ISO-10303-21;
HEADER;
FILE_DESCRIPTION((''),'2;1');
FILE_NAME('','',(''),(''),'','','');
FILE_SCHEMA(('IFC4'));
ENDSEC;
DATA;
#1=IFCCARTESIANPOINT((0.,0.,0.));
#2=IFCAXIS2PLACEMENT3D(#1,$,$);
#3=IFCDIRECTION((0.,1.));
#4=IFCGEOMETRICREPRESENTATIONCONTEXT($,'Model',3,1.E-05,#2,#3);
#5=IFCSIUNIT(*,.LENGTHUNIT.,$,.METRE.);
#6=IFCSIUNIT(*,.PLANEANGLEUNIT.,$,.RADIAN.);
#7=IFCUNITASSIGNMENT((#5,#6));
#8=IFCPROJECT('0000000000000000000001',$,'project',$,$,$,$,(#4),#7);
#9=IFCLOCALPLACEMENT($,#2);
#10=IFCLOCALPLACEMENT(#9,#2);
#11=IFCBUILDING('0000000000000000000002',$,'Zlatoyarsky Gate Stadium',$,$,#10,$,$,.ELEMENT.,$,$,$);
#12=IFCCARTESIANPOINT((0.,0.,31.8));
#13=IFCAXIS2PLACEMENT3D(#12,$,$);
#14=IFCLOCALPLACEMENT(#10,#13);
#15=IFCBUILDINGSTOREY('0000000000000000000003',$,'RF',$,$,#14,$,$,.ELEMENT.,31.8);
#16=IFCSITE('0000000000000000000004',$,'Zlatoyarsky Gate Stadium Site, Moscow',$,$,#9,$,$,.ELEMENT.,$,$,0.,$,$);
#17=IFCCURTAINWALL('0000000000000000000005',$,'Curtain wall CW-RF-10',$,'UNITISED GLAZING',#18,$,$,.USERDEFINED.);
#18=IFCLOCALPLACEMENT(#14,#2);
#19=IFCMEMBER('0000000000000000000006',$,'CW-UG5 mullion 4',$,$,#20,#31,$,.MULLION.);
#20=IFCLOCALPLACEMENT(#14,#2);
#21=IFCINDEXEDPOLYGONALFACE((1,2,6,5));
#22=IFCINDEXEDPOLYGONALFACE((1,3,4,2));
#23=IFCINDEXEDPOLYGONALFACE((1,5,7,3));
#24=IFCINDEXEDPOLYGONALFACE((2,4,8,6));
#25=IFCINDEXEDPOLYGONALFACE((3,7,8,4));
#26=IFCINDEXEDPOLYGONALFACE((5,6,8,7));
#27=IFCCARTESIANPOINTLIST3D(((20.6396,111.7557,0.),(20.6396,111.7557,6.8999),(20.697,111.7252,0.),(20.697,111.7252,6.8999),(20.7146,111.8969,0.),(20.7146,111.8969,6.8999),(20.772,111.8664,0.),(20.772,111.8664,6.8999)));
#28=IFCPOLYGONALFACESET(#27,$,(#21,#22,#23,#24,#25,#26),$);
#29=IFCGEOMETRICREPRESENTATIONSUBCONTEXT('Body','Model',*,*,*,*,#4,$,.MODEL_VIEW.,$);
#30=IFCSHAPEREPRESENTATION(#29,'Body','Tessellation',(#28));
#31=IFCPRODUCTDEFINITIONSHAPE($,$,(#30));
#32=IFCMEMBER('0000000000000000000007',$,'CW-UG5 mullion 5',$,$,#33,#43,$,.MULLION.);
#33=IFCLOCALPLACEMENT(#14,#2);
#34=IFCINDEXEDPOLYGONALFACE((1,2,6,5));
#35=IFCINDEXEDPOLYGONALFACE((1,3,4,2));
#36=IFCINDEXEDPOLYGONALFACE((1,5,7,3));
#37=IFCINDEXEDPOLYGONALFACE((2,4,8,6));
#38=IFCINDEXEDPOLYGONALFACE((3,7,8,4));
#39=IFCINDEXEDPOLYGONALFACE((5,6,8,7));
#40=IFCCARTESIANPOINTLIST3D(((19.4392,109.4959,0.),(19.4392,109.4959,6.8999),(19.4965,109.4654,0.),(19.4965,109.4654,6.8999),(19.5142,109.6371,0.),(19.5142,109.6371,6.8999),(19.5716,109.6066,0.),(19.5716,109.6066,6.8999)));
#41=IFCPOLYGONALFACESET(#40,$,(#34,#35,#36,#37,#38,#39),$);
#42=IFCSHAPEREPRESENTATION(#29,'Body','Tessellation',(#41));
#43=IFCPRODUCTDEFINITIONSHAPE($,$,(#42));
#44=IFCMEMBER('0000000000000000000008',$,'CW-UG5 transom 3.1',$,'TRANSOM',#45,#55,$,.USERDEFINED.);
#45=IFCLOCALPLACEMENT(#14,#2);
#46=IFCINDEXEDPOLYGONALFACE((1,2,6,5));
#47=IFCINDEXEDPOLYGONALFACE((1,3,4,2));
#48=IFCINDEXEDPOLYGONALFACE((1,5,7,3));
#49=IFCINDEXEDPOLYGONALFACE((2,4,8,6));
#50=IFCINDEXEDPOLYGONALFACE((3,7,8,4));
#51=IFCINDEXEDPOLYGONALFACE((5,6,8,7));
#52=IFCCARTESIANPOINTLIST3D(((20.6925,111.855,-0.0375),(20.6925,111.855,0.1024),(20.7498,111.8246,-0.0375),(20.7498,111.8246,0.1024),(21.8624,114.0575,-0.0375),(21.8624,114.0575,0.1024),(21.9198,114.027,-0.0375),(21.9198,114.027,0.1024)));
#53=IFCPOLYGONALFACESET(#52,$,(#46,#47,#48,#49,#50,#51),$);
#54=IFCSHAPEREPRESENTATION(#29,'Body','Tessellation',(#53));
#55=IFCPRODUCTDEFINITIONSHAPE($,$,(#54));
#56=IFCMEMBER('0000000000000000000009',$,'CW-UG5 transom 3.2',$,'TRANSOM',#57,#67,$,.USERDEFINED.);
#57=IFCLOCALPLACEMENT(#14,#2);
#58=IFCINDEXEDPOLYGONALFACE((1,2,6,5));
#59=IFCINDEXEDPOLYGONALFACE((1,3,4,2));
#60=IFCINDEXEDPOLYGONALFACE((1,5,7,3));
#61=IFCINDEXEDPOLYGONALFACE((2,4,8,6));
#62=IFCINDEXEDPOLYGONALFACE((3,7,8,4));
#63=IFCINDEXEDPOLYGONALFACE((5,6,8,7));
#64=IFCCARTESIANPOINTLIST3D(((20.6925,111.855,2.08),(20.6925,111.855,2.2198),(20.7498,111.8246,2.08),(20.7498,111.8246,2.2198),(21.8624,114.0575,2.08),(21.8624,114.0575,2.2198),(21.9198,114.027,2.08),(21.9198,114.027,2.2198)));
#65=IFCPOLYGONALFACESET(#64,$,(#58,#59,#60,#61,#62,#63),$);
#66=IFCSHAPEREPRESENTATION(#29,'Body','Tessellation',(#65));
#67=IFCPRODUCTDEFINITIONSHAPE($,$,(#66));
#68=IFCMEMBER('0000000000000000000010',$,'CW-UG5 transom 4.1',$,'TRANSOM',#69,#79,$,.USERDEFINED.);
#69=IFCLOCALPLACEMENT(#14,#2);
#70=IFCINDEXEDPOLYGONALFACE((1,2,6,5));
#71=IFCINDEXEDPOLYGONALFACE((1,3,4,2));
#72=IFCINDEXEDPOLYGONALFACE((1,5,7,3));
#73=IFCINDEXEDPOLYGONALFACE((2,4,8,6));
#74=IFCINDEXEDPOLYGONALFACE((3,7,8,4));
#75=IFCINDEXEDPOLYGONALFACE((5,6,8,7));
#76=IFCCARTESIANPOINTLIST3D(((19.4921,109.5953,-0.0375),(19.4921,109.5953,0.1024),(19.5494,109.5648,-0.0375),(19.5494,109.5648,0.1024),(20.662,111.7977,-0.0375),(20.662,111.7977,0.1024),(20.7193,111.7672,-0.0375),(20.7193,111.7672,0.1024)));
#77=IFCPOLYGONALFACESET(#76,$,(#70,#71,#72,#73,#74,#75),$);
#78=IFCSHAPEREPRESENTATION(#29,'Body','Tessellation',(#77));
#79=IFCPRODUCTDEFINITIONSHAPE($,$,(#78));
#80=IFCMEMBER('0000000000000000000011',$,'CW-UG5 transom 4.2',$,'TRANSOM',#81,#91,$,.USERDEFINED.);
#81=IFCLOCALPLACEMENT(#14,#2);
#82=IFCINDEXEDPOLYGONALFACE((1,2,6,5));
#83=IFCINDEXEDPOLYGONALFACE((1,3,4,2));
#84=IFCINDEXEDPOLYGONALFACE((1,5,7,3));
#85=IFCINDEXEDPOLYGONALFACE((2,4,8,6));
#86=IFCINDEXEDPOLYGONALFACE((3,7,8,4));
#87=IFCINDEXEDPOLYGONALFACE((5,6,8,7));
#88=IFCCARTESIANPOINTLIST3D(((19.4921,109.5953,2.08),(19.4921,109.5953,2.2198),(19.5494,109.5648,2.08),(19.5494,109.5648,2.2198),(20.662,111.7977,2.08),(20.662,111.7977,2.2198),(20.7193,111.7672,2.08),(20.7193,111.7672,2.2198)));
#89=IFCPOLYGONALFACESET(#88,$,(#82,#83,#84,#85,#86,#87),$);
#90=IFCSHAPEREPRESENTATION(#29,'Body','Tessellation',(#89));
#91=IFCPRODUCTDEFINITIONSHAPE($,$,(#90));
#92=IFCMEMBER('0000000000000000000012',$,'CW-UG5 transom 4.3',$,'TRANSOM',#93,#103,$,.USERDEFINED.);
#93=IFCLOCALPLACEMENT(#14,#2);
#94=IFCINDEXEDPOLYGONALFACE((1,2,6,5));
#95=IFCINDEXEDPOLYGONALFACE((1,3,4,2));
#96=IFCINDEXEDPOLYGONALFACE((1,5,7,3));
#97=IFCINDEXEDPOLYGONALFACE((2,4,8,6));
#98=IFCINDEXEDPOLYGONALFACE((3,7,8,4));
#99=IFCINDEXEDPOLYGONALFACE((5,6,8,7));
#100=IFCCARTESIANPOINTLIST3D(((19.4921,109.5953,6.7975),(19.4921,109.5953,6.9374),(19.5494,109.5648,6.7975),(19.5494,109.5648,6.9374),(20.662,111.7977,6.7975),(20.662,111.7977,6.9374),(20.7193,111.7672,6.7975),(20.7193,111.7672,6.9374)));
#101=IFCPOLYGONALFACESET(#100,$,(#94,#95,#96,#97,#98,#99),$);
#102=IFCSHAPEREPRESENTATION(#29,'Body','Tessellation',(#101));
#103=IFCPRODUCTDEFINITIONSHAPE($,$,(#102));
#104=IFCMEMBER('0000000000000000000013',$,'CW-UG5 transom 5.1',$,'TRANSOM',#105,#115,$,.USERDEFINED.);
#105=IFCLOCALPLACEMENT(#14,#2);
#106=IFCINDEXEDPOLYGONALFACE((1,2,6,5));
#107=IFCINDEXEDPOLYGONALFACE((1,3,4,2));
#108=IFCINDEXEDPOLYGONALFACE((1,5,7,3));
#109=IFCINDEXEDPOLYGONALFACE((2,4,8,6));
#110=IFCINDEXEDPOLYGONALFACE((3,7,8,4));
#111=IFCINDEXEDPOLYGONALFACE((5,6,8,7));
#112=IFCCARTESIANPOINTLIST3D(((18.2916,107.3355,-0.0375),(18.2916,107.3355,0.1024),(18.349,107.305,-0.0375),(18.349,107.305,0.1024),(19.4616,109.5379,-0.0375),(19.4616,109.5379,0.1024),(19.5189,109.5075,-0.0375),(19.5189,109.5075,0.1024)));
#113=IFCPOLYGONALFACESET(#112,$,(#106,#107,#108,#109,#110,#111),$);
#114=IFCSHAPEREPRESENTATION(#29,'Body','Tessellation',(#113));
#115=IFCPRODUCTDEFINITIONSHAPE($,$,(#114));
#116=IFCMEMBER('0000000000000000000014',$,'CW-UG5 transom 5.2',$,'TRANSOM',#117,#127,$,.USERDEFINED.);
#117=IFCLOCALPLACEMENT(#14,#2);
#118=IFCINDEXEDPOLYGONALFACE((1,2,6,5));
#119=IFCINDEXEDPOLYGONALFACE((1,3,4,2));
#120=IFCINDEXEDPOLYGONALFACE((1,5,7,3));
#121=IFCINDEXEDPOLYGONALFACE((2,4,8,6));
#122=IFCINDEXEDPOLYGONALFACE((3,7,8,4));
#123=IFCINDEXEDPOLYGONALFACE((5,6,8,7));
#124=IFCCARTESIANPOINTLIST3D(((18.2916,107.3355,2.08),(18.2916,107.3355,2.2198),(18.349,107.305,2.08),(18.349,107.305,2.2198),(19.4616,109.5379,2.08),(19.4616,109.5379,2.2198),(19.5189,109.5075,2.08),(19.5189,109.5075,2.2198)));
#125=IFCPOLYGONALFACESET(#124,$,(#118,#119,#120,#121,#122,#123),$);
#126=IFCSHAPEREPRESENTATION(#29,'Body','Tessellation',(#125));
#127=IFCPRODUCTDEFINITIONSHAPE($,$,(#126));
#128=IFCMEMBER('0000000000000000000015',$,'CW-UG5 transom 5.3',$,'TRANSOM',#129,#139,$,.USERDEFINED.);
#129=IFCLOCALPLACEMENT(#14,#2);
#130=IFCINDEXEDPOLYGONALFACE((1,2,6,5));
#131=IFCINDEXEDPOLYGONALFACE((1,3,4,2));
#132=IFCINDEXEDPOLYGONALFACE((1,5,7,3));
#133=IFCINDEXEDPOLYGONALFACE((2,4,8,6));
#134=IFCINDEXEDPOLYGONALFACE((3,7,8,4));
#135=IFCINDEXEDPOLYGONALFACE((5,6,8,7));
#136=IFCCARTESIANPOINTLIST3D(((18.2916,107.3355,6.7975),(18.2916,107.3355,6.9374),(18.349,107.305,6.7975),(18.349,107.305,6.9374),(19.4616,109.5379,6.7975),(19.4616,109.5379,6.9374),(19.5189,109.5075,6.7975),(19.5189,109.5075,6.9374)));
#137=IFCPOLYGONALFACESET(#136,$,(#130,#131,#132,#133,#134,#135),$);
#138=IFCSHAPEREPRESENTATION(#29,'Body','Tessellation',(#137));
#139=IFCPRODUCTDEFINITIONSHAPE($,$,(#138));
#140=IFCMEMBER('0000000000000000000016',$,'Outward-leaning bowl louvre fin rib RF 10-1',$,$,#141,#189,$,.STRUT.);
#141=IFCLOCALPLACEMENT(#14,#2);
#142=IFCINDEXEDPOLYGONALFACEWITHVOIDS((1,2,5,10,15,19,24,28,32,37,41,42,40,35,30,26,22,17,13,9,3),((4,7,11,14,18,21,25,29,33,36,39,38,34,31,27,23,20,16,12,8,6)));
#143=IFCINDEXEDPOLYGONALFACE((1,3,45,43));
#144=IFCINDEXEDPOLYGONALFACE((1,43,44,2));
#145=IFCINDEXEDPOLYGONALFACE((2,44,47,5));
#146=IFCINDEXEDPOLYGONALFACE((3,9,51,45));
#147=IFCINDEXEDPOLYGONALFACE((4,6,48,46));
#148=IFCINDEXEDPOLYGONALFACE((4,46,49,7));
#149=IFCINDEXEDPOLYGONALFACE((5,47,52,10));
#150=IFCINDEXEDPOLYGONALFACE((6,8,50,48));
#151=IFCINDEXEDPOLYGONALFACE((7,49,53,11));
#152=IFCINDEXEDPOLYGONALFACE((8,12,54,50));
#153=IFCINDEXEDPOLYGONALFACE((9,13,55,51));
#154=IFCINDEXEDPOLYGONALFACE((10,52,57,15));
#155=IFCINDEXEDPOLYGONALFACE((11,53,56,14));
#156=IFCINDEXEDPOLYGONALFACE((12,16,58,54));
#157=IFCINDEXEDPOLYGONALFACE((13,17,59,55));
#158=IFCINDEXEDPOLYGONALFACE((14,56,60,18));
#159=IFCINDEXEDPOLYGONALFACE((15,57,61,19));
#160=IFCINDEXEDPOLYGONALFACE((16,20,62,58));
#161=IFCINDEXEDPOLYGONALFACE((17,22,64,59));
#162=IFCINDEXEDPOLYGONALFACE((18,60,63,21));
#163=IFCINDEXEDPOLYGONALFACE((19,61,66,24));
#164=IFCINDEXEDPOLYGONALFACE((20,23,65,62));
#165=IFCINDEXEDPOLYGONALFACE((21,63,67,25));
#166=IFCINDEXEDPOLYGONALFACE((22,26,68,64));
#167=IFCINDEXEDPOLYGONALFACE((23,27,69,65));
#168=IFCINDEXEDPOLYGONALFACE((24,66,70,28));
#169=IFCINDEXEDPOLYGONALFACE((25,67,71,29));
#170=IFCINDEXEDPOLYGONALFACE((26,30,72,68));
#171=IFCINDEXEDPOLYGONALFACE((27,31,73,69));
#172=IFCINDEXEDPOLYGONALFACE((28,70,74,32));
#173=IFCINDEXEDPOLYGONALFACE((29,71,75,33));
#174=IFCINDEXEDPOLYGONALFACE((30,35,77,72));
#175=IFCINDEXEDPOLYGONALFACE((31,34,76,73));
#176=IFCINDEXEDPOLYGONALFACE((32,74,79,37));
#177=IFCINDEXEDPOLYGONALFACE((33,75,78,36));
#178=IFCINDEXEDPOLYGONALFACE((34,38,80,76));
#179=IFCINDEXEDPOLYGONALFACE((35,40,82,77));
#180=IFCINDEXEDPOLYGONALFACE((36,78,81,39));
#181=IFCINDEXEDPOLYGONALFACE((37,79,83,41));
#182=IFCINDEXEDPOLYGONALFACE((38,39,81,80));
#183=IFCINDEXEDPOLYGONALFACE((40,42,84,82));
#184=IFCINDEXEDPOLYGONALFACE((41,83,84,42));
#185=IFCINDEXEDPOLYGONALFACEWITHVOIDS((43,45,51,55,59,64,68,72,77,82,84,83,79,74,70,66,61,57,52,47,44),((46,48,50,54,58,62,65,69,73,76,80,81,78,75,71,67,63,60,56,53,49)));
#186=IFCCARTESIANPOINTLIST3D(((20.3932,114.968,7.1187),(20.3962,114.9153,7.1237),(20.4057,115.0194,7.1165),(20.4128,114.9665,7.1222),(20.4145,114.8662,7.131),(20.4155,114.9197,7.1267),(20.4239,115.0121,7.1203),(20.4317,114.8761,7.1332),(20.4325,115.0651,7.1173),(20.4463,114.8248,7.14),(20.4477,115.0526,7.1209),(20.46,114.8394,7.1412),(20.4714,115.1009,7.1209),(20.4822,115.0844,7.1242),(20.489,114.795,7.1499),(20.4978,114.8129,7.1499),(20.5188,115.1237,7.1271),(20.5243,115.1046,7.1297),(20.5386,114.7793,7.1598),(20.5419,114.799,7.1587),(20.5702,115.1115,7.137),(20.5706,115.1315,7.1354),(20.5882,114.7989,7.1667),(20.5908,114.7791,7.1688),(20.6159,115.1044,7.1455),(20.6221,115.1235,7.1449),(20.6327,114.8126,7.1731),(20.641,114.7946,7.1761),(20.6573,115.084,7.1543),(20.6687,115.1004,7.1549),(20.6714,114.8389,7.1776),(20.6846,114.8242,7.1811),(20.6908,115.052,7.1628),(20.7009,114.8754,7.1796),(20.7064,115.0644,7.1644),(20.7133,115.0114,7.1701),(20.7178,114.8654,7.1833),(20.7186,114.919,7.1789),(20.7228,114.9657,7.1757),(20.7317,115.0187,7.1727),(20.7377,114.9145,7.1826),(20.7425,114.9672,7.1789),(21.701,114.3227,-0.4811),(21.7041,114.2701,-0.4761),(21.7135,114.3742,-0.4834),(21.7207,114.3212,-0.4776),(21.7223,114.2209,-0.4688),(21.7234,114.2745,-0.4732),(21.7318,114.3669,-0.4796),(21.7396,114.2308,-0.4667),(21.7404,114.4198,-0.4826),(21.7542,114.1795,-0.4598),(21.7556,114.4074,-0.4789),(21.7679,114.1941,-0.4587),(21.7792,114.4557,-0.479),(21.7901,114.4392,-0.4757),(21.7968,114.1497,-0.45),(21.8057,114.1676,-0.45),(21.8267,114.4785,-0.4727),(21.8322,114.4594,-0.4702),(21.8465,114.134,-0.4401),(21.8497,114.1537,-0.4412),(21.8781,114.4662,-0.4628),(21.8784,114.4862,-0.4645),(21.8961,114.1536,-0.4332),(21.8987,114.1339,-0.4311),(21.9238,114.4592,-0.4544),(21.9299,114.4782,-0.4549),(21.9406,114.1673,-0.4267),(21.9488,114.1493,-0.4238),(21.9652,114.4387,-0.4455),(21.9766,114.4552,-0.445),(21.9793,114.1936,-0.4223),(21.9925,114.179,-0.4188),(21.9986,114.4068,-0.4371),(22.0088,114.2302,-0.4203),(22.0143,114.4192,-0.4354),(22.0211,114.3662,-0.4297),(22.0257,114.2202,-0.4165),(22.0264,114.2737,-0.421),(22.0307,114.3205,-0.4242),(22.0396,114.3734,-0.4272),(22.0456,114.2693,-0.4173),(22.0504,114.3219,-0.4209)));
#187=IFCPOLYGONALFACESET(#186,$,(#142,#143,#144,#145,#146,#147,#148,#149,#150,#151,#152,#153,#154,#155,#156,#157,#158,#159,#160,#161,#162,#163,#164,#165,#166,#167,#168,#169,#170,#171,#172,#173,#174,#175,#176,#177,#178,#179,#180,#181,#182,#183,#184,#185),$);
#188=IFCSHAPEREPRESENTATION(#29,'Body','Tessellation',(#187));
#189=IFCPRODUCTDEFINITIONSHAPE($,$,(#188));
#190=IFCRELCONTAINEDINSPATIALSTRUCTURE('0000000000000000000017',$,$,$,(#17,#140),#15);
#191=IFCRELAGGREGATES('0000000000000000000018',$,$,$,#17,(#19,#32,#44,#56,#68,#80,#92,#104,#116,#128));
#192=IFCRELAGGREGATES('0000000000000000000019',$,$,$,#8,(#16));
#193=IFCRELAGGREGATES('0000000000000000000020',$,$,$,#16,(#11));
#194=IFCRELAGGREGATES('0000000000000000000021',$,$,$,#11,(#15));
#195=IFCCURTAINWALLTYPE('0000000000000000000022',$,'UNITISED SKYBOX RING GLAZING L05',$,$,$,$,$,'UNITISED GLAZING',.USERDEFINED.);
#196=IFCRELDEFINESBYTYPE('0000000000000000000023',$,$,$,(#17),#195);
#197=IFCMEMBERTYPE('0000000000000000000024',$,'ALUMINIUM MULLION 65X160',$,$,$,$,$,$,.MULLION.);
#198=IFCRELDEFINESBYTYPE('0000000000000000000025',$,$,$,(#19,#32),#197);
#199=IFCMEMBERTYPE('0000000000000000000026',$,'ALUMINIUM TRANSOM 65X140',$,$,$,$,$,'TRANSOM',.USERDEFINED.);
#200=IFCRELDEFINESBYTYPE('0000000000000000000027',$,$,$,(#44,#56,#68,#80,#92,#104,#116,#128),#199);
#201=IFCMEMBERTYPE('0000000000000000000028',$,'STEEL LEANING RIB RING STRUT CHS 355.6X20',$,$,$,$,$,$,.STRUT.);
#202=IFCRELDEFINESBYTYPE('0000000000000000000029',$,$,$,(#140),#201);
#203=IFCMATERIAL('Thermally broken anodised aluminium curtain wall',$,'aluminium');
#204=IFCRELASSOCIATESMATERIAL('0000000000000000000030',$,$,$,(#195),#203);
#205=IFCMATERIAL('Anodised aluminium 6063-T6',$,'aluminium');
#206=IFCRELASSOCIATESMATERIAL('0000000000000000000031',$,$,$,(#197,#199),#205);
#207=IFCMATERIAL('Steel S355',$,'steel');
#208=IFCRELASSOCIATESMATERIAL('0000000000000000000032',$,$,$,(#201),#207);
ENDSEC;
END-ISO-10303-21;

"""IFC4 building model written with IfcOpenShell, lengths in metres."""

from ifc_helpers import new_model, si_unit, direction, frame, origin, origin_2d, place, context, subcontext, project, spatial, rectangle, hollow_circle, extrude, material, material_profile, profile_set, type_object, element, aggregate, save


model = new_model("IFC4")

# Units and contexts
model_context = context("Model", 3, precision=1e-05, world=origin(), true_north=direction((0.0, 1.0)))
body_context = subcontext(model_context, "Body", "Model", "MODEL_VIEW")
ifc_project = project(units=[si_unit("LENGTHUNIT", "METRE"), si_unit("PLANEANGLEUNIT", "RADIAN")], contexts=[model_context])

# Site, building, storey
site_placement = place(None, origin())
site = spatial("IfcSite", under=ifc_project, at=site_placement, Name="Zlatoyarsky Gate Stadium Site, Moscow", CompositionType="ELEMENT", RefElevation=0.0)
building_placement = place(site_placement, origin())
building = spatial("IfcBuilding", under=site, at=building_placement, Name="Zlatoyarsky Gate Stadium", CompositionType="ELEMENT")
storey_placement = place(building_placement, frame((0.0, 0.0, 31.8)))
storey = spatial("IfcBuildingStorey", under=building, at=storey_placement, Name="RF", CompositionType="ELEMENT", Elevation=31.8)

# Curtain wall, members
ifc_material_1 = material(Name="Thermally broken anodised aluminium curtain wall", Category="aluminium")
curtain_wall_type = type_object("IfcCurtainWallType", Name="UNITISED SKYBOX RING GLAZING L05", ElementType="UNITISED GLAZING", PredefinedType="USERDEFINED", material=ifc_material_1)
curtain_wall_placement = place(storey_placement, origin())
curtain_wall = element("IfcCurtainWall", 1, at=curtain_wall_placement, inside=storey, type_object=curtain_wall_type, Name="Curtain wall CW-RF-10", ObjectType="UNITISED GLAZING", PredefinedType="USERDEFINED")
ifc_material_2 = material(Name="Anodised aluminium 6063-T6", Category="aluminium")
ifc_material_profile_1 = material_profile(ifc_material_2, rectangle(XDim=0.0649, YDim=0.1599, at=origin_2d()), Name="ALU 65X160")
ifc_profile_set_1 = profile_set([ifc_material_profile_1], Name="Anodised aluminium 6063-T6")
member_type_1 = type_object("IfcMemberType", Name="ALUMINIUM MULLION 65X160", PredefinedType="MULLION", material=ifc_profile_set_1)
member_1_placement = place(storey_placement, frame((20.7058, 111.811, 0.0), z_axis=(0.0, 0.0, 1.0), x_axis=(0.883131, -0.469127, 0.0)))
member_1 = element("IfcMember", 2, at=member_1_placement, type_object=member_type_1, Name="CW-UG5 mullion 4", PredefinedType="MULLION", context=body_context, shape_type="SweptSolid", body=[
    extrude(rectangle(XDim=0.0649, YDim=0.1599, at=origin_2d()), origin(), (0.0, 0.0, 1.0), 6.8999),
])
member_2_placement = place(storey_placement, frame((19.5054, 109.5513, 0.0), z_axis=(0.0, 0.0, 1.0), x_axis=(0.883131, -0.469127, 0.0)))
member_2 = element("IfcMember", 3, at=member_2_placement, type_object=member_type_1, Name="CW-UG5 mullion 5", PredefinedType="MULLION", context=body_context, shape_type="SweptSolid", body=[
    extrude(rectangle(XDim=0.0649, YDim=0.1599, at=origin_2d()), origin(), (0.0, 0.0, 1.0), 6.8999),
])
ifc_material_profile_2 = material_profile(ifc_material_2, rectangle(XDim=0.0649, YDim=0.1399, at=origin_2d()), Name="ALU 65X140")
ifc_profile_set_2 = profile_set([ifc_material_profile_2], Name="Anodised aluminium 6063-T6")
member_type_2 = type_object("IfcMemberType", Name="ALUMINIUM TRANSOM 65X140", ElementType="TRANSOM", PredefinedType="USERDEFINED", material=ifc_profile_set_2)
member_3_placement = place(storey_placement, frame((21.8911, 114.0422, 0.0325), z_axis=(-0.469124, -0.883132, 0.0), x_axis=(0.883132, -0.469124, 0.0)))
member_3 = element("IfcMember", 4, at=member_3_placement, type_object=member_type_2, Name="CW-UG5 transom 3.1", ObjectType="TRANSOM", PredefinedType="USERDEFINED", context=body_context, shape_type="SweptSolid", body=[
    extrude(rectangle(XDim=0.0649, YDim=0.1399, at=origin_2d()), origin(), (0.0, 0.0, 1.0), 2.4939),
])
member_4_placement = place(storey_placement, frame((21.8911, 114.0422, 2.1499), z_axis=(-0.469124, -0.883132, 0.0), x_axis=(0.883132, -0.469124, 0.0)))
member_4 = element("IfcMember", 5, at=member_4_placement, type_object=member_type_2, Name="CW-UG5 transom 3.2", ObjectType="TRANSOM", PredefinedType="USERDEFINED", context=body_context, shape_type="SweptSolid", body=[
    extrude(rectangle(XDim=0.0649, YDim=0.1399, at=origin_2d()), origin(), (0.0, 0.0, 1.0), 2.4939),
])
member_5_placement = place(storey_placement, frame((20.6907, 111.7825, 0.0325), z_axis=(-0.469124, -0.883132, 0.0), x_axis=(0.883132, -0.469124, 0.0)))
member_5 = element("IfcMember", 6, at=member_5_placement, type_object=member_type_2, Name="CW-UG5 transom 4.1", ObjectType="TRANSOM", PredefinedType="USERDEFINED", context=body_context, shape_type="SweptSolid", body=[
    extrude(rectangle(XDim=0.0649, YDim=0.1399, at=origin_2d()), origin(), (0.0, 0.0, 1.0), 2.4939),
])
member_6_placement = place(storey_placement, frame((20.6907, 111.7825, 2.1499), z_axis=(-0.469124, -0.883132, 0.0), x_axis=(0.883132, -0.469124, 0.0)))
member_6 = element("IfcMember", 7, at=member_6_placement, type_object=member_type_2, Name="CW-UG5 transom 4.2", ObjectType="TRANSOM", PredefinedType="USERDEFINED", context=body_context, shape_type="SweptSolid", body=[
    extrude(rectangle(XDim=0.0649, YDim=0.1399, at=origin_2d()), origin(), (0.0, 0.0, 1.0), 2.4939),
])
member_7_placement = place(storey_placement, frame((20.6907, 111.7825, 6.8674), z_axis=(-0.469124, -0.883132, 0.0), x_axis=(0.883132, -0.469124, 0.0)))
member_7 = element("IfcMember", 8, at=member_7_placement, type_object=member_type_2, Name="CW-UG5 transom 4.3", ObjectType="TRANSOM", PredefinedType="USERDEFINED", context=body_context, shape_type="SweptSolid", body=[
    extrude(rectangle(XDim=0.0649, YDim=0.1399, at=origin_2d()), origin(), (0.0, 0.0, 1.0), 2.4939),
])
member_8_placement = place(storey_placement, frame((19.4902, 109.5227, 0.0325), z_axis=(-0.469124, -0.883132, 0.0), x_axis=(0.883132, -0.469124, 0.0)))
member_8 = element("IfcMember", 9, at=member_8_placement, type_object=member_type_2, Name="CW-UG5 transom 5.1", ObjectType="TRANSOM", PredefinedType="USERDEFINED", context=body_context, shape_type="SweptSolid", body=[
    extrude(rectangle(XDim=0.0649, YDim=0.1399, at=origin_2d()), origin(), (0.0, 0.0, 1.0), 2.4939),
])
member_9_placement = place(storey_placement, frame((19.4902, 109.5227, 2.1499), z_axis=(-0.469124, -0.883132, 0.0), x_axis=(0.883132, -0.469124, 0.0)))
member_9 = element("IfcMember", 10, at=member_9_placement, type_object=member_type_2, Name="CW-UG5 transom 5.2", ObjectType="TRANSOM", PredefinedType="USERDEFINED", context=body_context, shape_type="SweptSolid", body=[
    extrude(rectangle(XDim=0.0649, YDim=0.1399, at=origin_2d()), origin(), (0.0, 0.0, 1.0), 2.4939),
])
member_10_placement = place(storey_placement, frame((19.4902, 109.5227, 6.8674), z_axis=(-0.469124, -0.883132, 0.0), x_axis=(0.883132, -0.469124, 0.0)))
member_10 = element("IfcMember", 11, at=member_10_placement, type_object=member_type_2, Name="CW-UG5 transom 5.3", ObjectType="TRANSOM", PredefinedType="USERDEFINED", context=body_context, shape_type="SweptSolid", body=[
    extrude(rectangle(XDim=0.0649, YDim=0.1399, at=origin_2d()), origin(), (0.0, 0.0, 1.0), 2.4939),
])

# Member
ifc_material_3 = material(Name="Steel S355", Category="steel")
ifc_material_profile_3 = material_profile(ifc_material_3, hollow_circle(Radius=0.1777, WallThickness=0.02, at=origin_2d()), Name="CHS 355.6X20")
ifc_profile_set_3 = profile_set([ifc_material_profile_3], Name="Steel S355")
member_type_3 = type_object("IfcMemberType", Name="STEEL LEANING RIB RING STRUT CHS 355.6X20", PredefinedType="STRUT", material=ifc_profile_set_3)
member_11_placement = place(storey_placement, frame((21.8755, 114.3091, -0.45), z_axis=(-0.169007, 0.083383, 0.982081), x_axis=(-0.442453, -0.896792, 0.0)))
element("IfcMember", 12, at=member_11_placement, inside=storey, type_object=member_type_3, Name="Outward-leaning bowl louvre fin rib RF 10-1", PredefinedType="STRUT", context=body_context, shape_type="SweptSolid", body=[
    extrude(hollow_circle(Radius=0.1777, WallThickness=0.02, at=origin_2d()), origin(), (0.0, 0.0, 1.0), 7.7385),
])

aggregate(curtain_wall, [member_1, member_2, member_3, member_4, member_5, member_6, member_7, member_8, member_9, member_10])

save(model, "model.ifc")
